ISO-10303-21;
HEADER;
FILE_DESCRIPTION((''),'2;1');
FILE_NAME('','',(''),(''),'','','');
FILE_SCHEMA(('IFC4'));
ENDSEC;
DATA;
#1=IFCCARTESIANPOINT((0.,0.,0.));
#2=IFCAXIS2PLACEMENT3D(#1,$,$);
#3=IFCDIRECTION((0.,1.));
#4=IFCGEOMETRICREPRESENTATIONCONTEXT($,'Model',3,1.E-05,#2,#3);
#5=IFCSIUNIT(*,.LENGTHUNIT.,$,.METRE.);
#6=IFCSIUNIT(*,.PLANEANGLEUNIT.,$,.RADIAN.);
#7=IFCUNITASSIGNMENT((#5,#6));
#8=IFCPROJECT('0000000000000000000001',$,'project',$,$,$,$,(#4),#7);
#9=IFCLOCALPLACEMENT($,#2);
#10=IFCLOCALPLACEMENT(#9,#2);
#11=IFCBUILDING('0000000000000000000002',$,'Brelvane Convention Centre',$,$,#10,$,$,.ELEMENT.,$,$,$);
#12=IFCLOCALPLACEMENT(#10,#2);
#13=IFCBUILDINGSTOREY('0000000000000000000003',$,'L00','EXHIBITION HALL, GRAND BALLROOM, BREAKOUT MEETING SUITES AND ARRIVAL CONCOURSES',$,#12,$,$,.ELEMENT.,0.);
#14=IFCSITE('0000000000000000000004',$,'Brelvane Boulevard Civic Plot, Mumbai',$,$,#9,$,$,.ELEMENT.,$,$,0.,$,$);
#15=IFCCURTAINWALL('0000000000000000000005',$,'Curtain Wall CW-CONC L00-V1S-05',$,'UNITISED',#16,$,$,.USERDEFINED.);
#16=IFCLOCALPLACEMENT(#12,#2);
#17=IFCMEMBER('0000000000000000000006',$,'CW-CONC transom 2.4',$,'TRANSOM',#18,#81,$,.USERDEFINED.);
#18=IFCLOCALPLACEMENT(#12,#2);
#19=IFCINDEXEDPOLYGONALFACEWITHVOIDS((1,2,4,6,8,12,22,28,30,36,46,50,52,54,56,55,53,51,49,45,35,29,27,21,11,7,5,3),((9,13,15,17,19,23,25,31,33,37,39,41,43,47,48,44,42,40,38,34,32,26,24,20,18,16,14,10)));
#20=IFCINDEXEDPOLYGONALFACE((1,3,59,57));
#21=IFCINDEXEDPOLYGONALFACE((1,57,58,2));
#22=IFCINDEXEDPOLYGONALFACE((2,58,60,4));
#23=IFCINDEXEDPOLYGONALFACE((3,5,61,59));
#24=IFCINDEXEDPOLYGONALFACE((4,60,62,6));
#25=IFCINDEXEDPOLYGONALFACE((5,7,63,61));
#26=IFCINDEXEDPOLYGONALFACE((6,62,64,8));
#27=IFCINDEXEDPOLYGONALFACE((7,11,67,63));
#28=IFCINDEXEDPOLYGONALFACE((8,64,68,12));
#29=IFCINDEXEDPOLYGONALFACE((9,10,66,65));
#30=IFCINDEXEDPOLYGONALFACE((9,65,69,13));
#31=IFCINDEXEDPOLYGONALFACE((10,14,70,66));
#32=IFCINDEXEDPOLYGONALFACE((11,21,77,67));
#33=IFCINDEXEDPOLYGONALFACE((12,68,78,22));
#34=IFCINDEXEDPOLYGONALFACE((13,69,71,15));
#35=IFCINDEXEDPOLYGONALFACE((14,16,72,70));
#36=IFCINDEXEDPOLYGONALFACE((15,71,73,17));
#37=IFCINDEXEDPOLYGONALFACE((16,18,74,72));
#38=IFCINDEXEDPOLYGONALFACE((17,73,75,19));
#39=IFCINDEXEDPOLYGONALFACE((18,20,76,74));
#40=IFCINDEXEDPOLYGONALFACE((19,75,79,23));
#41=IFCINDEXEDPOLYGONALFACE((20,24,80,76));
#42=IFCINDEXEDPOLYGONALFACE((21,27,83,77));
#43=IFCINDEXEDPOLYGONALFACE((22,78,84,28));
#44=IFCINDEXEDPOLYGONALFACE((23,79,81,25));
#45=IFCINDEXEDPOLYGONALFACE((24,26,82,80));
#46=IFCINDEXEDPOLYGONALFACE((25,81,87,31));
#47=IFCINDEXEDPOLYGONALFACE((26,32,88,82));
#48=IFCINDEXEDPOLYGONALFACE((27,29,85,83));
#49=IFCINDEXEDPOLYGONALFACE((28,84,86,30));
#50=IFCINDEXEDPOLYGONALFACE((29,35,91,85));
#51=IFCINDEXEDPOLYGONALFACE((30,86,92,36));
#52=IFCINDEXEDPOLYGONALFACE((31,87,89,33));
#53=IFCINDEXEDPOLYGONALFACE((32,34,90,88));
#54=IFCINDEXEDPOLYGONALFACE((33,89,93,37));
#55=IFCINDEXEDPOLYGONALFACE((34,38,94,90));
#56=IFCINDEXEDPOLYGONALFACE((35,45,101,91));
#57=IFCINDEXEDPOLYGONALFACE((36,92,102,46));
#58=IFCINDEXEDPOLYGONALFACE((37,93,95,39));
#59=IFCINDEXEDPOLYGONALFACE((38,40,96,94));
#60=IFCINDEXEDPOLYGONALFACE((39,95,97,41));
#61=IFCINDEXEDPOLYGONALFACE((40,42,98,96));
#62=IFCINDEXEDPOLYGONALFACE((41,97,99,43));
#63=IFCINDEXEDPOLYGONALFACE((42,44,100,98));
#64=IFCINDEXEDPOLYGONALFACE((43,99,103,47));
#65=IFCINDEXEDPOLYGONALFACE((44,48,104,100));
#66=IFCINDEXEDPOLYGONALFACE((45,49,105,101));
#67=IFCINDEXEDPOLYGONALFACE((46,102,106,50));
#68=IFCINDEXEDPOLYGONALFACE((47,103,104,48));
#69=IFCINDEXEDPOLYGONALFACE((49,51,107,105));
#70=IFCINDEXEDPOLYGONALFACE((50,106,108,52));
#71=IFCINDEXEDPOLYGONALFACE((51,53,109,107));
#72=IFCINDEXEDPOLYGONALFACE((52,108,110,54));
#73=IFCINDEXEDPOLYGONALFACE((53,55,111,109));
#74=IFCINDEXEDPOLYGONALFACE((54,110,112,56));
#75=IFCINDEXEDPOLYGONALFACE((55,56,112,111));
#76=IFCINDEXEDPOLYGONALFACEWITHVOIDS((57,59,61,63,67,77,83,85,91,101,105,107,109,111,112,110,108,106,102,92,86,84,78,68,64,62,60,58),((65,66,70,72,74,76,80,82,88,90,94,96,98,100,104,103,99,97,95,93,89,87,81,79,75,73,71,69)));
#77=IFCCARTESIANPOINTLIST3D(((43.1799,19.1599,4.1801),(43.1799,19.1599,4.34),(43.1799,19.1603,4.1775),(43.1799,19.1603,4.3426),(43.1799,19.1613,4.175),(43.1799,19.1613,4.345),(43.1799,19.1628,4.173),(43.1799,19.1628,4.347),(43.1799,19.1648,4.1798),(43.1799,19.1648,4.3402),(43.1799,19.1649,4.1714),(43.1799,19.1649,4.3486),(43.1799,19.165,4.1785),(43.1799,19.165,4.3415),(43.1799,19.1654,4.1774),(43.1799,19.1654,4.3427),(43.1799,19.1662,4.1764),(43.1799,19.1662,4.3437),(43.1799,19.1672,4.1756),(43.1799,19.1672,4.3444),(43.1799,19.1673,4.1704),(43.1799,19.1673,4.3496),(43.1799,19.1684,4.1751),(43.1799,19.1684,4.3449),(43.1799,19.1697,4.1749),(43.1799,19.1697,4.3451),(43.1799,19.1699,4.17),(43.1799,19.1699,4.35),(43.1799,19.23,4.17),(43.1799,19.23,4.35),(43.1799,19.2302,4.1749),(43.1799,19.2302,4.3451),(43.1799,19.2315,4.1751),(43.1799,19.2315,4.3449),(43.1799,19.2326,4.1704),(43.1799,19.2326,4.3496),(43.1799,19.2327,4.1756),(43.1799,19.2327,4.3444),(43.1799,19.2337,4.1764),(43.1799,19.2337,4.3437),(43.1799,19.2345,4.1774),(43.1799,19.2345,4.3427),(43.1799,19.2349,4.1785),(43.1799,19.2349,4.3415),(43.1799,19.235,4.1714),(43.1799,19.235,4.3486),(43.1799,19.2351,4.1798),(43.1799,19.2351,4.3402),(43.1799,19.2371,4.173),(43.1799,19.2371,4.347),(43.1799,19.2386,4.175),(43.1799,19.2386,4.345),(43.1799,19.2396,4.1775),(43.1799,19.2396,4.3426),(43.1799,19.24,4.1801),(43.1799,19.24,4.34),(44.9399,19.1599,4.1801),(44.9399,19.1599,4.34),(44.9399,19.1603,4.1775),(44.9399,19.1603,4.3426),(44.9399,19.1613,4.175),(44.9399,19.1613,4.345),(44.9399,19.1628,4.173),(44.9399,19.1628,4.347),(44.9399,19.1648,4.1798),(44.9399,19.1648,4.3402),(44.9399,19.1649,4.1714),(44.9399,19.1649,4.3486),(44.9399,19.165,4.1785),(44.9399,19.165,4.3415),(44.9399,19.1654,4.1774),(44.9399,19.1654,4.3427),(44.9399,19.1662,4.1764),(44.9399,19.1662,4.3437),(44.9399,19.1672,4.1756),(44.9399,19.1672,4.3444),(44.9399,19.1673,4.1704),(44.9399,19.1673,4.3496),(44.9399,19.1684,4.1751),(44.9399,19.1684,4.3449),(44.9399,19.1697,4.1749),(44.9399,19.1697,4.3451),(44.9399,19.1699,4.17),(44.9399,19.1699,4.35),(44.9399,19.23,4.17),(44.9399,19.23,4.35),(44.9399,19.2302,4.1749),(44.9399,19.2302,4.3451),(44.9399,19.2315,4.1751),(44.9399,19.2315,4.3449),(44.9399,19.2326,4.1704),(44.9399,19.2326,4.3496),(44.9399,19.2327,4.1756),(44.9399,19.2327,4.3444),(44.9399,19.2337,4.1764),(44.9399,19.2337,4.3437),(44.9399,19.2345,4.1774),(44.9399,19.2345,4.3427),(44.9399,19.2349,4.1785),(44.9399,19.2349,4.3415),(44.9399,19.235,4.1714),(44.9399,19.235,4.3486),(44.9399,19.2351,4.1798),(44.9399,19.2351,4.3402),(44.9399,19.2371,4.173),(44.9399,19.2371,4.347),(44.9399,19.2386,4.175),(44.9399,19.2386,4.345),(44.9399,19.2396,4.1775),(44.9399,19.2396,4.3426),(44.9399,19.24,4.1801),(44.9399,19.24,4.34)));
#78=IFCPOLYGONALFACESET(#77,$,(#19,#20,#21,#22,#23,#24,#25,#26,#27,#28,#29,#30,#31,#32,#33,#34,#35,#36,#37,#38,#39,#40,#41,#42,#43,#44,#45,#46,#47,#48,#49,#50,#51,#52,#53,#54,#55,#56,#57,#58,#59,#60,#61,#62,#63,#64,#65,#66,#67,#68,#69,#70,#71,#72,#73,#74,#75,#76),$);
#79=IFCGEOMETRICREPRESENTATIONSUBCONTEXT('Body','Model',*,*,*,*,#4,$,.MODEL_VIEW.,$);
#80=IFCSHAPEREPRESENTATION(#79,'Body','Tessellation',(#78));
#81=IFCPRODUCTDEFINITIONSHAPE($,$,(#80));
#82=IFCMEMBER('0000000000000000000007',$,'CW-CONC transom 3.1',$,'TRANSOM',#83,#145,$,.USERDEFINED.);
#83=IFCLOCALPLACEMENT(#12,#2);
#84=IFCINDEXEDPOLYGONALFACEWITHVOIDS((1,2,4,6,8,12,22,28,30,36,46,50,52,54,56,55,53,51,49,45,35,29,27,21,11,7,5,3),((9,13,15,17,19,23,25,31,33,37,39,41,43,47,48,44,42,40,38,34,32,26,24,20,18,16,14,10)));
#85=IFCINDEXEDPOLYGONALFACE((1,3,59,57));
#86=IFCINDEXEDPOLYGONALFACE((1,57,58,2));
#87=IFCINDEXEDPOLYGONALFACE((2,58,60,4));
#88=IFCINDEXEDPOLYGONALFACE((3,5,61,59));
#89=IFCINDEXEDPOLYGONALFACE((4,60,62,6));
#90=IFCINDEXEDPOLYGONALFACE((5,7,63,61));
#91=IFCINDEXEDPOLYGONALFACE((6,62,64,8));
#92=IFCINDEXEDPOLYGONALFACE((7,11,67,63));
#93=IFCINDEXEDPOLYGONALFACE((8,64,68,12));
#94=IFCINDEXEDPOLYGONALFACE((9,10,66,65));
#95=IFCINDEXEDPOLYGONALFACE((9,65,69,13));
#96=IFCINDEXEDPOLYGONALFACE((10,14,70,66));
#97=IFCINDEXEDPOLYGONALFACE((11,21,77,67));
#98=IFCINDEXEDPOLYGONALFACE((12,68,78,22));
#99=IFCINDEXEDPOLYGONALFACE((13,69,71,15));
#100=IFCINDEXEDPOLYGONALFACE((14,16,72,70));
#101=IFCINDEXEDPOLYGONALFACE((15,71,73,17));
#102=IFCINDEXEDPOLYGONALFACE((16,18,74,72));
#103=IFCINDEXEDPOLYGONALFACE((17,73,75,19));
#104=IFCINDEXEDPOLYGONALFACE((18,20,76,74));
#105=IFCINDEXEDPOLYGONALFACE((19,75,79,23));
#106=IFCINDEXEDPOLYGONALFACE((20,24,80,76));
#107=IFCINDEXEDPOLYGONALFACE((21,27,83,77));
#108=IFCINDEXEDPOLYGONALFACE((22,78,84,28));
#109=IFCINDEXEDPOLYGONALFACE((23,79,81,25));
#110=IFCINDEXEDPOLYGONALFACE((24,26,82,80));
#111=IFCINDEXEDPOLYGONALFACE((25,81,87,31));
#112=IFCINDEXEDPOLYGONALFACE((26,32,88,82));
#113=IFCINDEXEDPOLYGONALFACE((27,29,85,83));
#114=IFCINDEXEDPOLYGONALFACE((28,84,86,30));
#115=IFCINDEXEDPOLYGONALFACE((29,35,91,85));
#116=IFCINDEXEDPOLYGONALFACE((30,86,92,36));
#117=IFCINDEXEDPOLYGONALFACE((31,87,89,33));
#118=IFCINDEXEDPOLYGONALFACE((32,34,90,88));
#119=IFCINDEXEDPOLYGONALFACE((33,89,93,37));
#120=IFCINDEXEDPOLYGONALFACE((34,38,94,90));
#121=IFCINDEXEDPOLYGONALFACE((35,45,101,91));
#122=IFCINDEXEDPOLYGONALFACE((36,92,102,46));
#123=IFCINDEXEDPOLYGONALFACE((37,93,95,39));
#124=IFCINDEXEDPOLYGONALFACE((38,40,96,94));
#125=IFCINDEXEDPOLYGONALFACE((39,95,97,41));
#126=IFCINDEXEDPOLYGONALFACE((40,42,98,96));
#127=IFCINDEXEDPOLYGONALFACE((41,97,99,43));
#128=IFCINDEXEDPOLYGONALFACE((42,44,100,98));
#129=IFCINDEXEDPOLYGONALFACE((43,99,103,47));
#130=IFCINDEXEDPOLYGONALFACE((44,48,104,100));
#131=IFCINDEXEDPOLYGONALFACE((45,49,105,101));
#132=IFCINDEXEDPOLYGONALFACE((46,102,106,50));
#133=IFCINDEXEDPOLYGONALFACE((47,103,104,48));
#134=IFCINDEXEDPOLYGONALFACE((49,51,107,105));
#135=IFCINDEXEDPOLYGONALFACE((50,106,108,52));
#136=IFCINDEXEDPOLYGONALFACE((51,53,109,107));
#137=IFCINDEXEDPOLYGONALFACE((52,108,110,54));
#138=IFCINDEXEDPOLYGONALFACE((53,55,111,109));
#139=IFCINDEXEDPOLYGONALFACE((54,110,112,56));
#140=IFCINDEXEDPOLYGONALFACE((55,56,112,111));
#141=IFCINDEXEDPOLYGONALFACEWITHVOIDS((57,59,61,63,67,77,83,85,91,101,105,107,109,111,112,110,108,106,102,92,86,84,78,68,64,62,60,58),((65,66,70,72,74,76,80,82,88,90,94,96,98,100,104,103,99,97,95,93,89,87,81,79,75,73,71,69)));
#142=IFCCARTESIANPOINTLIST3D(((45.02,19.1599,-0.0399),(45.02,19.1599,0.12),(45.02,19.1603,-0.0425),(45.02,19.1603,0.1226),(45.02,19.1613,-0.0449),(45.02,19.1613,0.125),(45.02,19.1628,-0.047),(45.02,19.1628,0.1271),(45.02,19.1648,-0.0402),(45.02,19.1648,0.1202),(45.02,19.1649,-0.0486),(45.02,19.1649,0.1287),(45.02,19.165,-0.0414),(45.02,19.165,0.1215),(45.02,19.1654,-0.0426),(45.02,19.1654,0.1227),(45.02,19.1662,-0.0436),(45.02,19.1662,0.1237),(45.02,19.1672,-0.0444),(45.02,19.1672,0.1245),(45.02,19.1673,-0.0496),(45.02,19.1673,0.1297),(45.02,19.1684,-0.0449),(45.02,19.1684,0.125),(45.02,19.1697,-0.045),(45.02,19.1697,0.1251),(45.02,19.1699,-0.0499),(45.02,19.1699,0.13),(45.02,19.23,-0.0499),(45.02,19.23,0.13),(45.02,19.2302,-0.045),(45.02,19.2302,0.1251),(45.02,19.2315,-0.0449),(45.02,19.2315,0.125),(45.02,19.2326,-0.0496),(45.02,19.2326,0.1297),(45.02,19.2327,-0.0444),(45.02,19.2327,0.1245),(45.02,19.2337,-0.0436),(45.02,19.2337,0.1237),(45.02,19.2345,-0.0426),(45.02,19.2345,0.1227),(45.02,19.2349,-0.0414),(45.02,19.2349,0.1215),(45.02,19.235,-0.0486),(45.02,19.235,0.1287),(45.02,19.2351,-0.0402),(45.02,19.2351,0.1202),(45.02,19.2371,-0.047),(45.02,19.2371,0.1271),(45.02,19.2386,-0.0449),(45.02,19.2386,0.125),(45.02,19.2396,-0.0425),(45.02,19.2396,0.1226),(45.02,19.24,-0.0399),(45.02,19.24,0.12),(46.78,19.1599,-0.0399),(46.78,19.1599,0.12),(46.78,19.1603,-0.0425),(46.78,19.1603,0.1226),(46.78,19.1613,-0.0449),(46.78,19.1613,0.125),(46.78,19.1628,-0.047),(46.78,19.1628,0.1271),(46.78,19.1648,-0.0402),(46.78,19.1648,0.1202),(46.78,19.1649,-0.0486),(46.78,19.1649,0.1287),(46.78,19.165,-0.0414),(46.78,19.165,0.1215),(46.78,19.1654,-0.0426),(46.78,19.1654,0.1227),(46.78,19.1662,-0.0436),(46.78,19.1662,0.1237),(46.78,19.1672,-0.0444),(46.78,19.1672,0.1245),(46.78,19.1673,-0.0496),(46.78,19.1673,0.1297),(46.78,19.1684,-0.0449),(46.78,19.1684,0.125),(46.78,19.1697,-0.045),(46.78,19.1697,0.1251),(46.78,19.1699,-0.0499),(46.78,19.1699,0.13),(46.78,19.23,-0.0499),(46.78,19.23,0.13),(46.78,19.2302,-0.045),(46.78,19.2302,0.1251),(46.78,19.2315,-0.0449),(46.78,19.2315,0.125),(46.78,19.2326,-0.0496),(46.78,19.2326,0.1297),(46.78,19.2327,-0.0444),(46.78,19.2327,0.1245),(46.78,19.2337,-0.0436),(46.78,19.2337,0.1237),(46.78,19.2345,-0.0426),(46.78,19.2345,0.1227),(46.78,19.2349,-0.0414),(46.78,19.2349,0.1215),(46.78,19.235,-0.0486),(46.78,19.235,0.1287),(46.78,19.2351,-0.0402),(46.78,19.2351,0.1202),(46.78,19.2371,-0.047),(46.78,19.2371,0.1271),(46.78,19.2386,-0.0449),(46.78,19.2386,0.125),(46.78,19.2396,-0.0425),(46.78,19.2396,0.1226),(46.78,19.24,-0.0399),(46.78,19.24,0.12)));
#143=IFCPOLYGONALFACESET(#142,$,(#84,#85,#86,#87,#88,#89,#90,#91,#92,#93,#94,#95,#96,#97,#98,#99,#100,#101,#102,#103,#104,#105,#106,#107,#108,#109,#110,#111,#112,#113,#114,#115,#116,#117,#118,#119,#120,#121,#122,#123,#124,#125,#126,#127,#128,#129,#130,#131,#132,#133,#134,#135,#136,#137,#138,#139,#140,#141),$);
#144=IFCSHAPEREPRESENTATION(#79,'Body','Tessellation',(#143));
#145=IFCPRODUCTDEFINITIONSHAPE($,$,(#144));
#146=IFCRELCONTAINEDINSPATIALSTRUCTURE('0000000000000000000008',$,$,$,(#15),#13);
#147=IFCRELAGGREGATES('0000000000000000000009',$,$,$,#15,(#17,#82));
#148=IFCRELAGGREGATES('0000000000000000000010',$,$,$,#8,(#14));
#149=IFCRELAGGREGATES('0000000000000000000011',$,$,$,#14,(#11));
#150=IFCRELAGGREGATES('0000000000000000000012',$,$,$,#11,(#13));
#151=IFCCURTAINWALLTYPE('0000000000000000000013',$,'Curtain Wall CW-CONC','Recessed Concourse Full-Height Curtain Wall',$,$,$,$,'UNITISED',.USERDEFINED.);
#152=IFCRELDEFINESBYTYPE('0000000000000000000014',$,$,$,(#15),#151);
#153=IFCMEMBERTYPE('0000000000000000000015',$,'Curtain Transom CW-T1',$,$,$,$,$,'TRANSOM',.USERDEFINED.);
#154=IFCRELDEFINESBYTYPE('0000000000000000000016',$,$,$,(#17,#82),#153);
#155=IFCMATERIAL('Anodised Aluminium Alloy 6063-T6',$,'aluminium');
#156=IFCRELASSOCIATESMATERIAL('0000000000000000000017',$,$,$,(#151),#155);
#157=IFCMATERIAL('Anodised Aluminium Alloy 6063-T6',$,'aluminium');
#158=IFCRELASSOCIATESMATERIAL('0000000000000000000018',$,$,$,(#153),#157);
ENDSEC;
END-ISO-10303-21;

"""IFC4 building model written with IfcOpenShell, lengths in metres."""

from ifc_helpers import new_model, si_unit, direction, frame, origin, origin_2d, place, context, subcontext, project, spatial, hollow_rectangle, extrude, material, material_profile, profile_set, type_object, element, aggregate, save


model = new_model("IFC4")

# Units and contexts
model_context = context("Model", 3, precision=1e-05, world=origin(), true_north=direction((0.0, 1.0)))
body_context = subcontext(model_context, "Body", "Model", "MODEL_VIEW")
ifc_project = project(units=[si_unit("LENGTHUNIT", "METRE"), si_unit("PLANEANGLEUNIT", "RADIAN")], contexts=[model_context])

# Site, building, storey
site_placement = place(None, origin())
site = spatial("IfcSite", under=ifc_project, at=site_placement, Name="Brelvane Boulevard Civic Plot, Mumbai", CompositionType="ELEMENT", RefElevation=0.0)
building_placement = place(site_placement, origin())
building = spatial("IfcBuilding", under=site, at=building_placement, Name="Brelvane Convention Centre", CompositionType="ELEMENT")
storey_placement = place(building_placement, origin())
storey = spatial("IfcBuildingStorey", under=building, at=storey_placement, Name="L00", Description="EXHIBITION HALL, GRAND BALLROOM, BREAKOUT MEETING SUITES AND ARRIVAL CONCOURSES", CompositionType="ELEMENT", Elevation=0.0)

# Curtain wall, members
ifc_material_1 = material(Name="Anodised Aluminium Alloy 6063-T6", Category="aluminium")
curtain_wall_type = type_object("IfcCurtainWallType", Name="Curtain Wall CW-CONC", Description="Recessed Concourse Full-Height Curtain Wall", ElementType="UNITISED", PredefinedType="USERDEFINED", material=ifc_material_1)
curtain_wall_placement = place(storey_placement, origin())
curtain_wall = element("IfcCurtainWall", 1, at=curtain_wall_placement, inside=storey, type_object=curtain_wall_type, Name="Curtain Wall CW-CONC L00-V1S-05", ObjectType="UNITISED", PredefinedType="USERDEFINED")
ifc_material_2 = material(Name="Anodised Aluminium Alloy 6063-T6", Category="aluminium")
ifc_material_profile_1 = material_profile(ifc_material_2, hollow_rectangle(XDim=0.0801, YDim=0.1799, WallThickness=0.0049, InnerFilletRadius=0.0049, OuterFilletRadius=0.01, at=origin_2d()), Name="ALU-T 180x80x5.0")
ifc_profile_set_1 = profile_set([ifc_material_profile_1], Name="Anodised Aluminium Alloy 6063-T6")
member_type_1 = type_object("IfcMemberType", Name="Curtain Transom CW-T1", ElementType="TRANSOM", PredefinedType="USERDEFINED", material=ifc_profile_set_1)
member_1_placement = place(storey_placement, frame((43.1799, 19.2, 4.26), z_axis=(1.0, 0.0, 0.0), x_axis=(0.0, 1.0, 0.0)))
member_1 = element("IfcMember", 2, at=member_1_placement, type_object=member_type_1, Name="CW-CONC transom 2.4", ObjectType="TRANSOM", PredefinedType="USERDEFINED", context=body_context, shape_type="SweptSolid", body=[
    extrude(hollow_rectangle(XDim=0.0801, YDim=0.1799, WallThickness=0.0049, InnerFilletRadius=0.0049, OuterFilletRadius=0.01, at=origin_2d()), origin(), (0.0, 0.0, 1.0), 1.76),
])
member_2_placement = place(storey_placement, frame((45.02, 19.2, 0.04), z_axis=(1.0, 0.0, 0.0), x_axis=(0.0, 1.0, 0.0)))
member_2 = element("IfcMember", 3, at=member_2_placement, type_object=member_type_1, Name="CW-CONC transom 3.1", ObjectType="TRANSOM", PredefinedType="USERDEFINED", context=body_context, shape_type="SweptSolid", body=[
    extrude(hollow_rectangle(XDim=0.0801, YDim=0.1799, WallThickness=0.0049, InnerFilletRadius=0.0049, OuterFilletRadius=0.01, at=origin_2d()), origin(), (0.0, 0.0, 1.0), 1.76),
])
aggregate(curtain_wall, [member_1, member_2])

save(model, "model.ifc")
